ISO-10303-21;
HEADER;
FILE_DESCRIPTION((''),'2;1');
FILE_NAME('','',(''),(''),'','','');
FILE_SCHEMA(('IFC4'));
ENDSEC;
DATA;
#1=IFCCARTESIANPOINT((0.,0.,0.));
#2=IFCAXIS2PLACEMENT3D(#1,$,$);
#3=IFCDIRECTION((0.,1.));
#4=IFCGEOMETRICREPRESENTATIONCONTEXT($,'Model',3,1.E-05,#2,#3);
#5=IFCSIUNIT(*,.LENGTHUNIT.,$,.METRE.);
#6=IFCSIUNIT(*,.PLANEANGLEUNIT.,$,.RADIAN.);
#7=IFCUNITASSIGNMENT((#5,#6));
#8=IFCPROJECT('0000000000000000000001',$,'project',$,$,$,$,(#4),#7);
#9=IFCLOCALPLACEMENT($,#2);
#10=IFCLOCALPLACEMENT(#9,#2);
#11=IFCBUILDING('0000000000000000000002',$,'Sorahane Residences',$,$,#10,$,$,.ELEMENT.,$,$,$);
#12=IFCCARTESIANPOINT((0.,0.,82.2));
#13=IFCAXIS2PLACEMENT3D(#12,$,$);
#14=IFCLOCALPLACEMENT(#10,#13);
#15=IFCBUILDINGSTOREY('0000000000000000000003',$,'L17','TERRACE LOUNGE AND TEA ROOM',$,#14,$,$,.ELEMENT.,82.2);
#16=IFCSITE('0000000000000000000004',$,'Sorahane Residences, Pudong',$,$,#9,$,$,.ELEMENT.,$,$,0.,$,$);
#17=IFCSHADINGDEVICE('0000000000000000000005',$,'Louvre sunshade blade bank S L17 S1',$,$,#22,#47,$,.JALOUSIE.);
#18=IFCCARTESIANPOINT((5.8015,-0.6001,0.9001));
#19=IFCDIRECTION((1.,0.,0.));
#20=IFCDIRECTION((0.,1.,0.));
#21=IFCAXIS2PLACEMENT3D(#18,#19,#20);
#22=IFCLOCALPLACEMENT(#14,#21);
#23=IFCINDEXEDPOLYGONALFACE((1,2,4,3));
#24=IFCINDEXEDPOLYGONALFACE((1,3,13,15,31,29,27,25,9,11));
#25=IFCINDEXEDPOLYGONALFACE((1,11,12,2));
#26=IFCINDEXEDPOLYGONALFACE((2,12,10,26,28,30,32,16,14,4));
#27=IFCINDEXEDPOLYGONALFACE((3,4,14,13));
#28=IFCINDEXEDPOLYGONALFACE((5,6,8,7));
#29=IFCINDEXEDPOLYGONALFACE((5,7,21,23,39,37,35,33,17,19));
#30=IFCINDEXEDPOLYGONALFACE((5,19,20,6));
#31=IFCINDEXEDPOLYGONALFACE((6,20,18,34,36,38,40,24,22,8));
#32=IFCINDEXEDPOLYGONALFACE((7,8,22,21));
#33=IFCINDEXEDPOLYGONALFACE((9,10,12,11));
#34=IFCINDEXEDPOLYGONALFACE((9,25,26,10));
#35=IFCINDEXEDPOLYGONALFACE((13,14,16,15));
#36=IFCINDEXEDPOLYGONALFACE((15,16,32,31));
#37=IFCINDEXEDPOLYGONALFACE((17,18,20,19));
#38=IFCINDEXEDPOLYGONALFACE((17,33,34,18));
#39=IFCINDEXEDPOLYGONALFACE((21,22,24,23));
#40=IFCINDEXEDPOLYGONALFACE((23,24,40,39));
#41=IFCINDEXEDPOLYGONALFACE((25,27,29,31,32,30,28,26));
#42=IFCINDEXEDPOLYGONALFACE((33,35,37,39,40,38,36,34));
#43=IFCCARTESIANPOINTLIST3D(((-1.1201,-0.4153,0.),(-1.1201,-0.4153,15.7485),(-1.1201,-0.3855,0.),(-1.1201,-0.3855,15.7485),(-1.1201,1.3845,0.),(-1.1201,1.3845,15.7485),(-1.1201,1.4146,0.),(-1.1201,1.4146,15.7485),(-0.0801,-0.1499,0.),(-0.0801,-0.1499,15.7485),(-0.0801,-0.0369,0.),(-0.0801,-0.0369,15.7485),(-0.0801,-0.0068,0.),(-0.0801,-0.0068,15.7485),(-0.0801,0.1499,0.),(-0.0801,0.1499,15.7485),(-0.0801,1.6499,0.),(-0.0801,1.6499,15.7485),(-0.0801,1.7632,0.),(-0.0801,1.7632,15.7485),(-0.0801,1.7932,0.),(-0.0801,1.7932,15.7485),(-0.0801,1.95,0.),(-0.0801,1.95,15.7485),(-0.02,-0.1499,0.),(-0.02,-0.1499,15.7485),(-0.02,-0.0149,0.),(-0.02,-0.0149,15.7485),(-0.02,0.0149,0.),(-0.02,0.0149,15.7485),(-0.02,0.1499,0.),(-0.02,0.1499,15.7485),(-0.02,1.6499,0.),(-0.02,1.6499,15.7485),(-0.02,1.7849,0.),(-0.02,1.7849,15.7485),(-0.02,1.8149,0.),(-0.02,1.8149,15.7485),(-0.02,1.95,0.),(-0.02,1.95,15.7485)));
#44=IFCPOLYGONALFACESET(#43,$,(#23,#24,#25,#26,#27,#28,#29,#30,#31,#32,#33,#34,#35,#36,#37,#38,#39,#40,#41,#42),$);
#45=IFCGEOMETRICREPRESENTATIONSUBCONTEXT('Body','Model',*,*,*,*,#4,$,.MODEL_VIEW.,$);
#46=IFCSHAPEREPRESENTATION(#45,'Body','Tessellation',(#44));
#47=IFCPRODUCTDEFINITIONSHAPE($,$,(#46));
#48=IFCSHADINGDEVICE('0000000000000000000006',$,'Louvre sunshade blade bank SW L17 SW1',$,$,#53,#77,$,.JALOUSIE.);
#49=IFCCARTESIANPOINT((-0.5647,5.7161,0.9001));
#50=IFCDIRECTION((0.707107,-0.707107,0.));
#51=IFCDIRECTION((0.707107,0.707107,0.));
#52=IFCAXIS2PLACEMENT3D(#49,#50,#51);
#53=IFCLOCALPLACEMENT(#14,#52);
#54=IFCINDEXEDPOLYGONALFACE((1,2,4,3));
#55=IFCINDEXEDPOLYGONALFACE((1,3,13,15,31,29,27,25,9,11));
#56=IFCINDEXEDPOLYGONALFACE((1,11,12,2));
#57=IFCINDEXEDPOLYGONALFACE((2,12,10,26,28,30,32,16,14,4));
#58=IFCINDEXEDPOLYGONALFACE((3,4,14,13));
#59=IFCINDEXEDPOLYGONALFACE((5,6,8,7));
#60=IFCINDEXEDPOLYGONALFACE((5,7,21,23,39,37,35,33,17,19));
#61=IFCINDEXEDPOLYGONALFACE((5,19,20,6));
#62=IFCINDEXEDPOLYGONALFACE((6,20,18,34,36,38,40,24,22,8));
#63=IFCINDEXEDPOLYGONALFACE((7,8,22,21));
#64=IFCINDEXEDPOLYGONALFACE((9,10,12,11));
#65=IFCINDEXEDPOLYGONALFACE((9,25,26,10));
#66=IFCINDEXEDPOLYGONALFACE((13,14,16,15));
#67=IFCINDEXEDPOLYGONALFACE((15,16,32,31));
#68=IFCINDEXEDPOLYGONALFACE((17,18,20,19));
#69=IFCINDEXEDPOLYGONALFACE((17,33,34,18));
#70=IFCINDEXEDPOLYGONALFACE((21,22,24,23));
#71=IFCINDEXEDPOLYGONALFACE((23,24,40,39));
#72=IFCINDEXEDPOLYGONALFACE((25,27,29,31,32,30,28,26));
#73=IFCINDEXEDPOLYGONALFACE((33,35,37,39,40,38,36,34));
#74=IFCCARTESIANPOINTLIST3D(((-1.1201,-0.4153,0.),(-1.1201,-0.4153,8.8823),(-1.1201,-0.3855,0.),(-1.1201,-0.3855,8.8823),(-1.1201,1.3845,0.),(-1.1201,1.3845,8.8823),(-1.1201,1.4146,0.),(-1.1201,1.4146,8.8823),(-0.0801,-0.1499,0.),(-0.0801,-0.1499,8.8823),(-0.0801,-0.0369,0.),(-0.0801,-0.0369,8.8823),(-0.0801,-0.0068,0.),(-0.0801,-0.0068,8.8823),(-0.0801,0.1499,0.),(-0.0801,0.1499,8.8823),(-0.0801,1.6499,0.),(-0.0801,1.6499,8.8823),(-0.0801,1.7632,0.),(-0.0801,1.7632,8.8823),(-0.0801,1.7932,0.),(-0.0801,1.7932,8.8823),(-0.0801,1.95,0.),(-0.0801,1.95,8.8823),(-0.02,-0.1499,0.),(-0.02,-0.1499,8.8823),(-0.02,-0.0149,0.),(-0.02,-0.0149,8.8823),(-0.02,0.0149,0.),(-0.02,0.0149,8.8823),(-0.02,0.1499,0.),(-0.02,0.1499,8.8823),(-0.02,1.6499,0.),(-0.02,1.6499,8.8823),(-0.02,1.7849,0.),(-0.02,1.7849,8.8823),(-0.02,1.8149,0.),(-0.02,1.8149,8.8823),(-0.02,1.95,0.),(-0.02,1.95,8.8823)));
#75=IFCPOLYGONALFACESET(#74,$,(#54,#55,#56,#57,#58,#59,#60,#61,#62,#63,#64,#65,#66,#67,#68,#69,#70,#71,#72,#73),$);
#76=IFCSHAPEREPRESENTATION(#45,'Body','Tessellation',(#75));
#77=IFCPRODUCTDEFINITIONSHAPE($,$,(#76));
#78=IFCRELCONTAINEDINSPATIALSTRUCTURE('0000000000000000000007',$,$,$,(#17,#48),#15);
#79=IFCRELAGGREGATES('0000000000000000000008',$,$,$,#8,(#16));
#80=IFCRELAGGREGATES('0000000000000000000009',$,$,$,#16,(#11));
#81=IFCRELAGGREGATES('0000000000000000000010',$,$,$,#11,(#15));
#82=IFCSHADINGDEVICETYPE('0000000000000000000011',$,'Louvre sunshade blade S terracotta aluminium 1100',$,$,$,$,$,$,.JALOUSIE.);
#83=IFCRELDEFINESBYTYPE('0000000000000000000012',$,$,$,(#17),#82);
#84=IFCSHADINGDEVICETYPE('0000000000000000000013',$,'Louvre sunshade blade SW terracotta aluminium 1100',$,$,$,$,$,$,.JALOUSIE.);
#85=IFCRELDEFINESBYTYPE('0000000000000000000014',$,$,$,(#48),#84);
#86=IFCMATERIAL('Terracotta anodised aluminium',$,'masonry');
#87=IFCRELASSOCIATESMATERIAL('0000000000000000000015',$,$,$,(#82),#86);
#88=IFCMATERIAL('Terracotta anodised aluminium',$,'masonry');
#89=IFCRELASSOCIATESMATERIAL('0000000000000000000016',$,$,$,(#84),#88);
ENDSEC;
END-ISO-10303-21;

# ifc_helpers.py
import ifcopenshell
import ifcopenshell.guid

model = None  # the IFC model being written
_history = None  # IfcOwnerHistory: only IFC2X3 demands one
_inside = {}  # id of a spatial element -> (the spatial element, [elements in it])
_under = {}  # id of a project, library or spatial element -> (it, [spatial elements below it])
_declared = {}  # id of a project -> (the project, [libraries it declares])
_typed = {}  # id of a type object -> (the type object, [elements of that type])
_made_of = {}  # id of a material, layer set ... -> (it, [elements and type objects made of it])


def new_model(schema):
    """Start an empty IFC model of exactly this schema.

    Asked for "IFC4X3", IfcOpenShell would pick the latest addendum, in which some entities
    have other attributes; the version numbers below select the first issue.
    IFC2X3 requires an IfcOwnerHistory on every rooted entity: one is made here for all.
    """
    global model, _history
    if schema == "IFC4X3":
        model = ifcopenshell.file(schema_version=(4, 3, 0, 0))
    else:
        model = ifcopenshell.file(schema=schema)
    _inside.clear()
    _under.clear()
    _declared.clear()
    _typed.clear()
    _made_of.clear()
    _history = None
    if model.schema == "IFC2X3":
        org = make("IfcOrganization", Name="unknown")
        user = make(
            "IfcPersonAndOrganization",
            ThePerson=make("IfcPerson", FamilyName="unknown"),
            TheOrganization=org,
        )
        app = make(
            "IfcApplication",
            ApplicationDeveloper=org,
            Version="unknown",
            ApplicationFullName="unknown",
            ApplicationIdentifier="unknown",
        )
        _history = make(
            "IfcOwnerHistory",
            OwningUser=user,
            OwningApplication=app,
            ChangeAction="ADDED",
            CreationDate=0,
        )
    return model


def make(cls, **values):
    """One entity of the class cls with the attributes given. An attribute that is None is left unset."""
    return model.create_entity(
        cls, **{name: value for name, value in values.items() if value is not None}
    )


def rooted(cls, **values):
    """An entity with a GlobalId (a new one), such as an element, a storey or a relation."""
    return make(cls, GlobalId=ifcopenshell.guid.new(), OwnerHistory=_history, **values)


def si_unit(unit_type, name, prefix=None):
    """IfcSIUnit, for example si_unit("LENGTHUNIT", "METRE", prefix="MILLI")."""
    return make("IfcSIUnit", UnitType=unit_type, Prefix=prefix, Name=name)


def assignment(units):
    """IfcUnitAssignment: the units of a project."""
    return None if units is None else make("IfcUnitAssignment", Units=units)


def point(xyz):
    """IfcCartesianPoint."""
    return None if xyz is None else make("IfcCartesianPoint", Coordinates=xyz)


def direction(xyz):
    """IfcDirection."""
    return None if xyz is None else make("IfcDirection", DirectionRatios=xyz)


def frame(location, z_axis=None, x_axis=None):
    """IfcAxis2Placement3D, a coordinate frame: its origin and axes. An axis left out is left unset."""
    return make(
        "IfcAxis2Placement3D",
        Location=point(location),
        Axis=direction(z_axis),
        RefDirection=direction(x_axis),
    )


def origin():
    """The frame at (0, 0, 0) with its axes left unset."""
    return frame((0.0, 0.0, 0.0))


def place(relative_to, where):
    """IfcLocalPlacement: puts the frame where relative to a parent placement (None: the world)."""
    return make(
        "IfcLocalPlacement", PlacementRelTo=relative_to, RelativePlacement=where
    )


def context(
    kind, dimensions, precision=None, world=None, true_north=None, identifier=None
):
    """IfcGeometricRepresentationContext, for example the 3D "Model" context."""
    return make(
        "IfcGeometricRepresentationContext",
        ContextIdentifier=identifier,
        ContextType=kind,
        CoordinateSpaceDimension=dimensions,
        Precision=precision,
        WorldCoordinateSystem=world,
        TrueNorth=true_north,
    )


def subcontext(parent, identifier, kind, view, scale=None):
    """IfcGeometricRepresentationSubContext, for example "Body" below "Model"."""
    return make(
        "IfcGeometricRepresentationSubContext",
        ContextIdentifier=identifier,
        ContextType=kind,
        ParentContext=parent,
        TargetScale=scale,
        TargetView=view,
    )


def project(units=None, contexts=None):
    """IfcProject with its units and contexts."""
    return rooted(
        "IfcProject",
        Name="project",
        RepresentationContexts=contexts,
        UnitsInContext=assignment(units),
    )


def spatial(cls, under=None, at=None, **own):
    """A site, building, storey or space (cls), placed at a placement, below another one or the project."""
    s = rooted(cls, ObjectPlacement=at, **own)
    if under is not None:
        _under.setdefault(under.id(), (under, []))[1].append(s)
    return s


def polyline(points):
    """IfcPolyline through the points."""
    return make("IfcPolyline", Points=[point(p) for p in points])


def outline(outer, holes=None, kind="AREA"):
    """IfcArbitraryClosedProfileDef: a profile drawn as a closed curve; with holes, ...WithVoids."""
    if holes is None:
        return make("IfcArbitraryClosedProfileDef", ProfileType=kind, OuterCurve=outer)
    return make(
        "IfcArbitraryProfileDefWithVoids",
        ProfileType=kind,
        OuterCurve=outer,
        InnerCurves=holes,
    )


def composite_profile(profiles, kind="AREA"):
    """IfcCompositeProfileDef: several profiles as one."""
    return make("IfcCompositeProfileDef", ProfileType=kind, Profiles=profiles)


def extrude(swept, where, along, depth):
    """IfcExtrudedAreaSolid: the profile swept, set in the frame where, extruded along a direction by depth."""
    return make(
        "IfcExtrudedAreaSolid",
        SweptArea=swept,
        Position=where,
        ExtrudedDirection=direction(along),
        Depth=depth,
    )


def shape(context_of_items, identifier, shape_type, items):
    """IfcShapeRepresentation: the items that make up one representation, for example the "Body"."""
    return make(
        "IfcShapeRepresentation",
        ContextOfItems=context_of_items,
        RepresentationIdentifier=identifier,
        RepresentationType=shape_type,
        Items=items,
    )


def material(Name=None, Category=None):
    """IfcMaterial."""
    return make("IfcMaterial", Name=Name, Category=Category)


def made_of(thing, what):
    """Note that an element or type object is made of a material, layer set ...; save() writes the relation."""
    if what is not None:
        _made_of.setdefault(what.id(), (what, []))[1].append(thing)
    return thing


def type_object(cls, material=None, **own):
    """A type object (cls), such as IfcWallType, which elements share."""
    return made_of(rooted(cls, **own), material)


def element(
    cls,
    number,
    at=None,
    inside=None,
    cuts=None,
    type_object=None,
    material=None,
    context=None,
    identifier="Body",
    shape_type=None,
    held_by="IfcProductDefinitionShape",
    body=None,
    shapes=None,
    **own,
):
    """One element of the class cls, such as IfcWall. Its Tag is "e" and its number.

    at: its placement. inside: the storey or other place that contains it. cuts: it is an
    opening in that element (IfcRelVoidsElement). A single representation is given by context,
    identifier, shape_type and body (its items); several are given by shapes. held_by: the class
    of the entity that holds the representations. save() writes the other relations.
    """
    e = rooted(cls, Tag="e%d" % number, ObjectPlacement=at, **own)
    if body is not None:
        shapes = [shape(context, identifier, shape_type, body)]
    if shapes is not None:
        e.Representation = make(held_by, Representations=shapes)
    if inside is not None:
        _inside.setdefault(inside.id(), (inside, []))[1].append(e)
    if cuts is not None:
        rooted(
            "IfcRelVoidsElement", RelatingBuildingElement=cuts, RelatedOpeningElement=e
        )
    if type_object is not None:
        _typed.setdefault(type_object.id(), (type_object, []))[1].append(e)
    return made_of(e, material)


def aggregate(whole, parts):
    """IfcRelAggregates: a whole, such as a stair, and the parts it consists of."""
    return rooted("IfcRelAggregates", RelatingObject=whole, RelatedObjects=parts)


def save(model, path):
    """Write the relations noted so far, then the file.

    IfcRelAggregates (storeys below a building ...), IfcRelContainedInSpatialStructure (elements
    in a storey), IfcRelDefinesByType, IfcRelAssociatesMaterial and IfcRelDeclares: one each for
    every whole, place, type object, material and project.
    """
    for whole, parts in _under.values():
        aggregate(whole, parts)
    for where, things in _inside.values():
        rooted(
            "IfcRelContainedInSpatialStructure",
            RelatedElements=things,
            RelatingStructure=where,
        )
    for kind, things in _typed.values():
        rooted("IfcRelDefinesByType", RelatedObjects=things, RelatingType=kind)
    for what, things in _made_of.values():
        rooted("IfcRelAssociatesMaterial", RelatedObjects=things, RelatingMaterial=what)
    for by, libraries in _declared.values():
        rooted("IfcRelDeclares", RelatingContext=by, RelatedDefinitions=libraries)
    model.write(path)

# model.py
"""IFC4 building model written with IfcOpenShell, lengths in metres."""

from ifc_helpers import new_model, si_unit, direction, frame, origin, place, context, subcontext, project, spatial, polyline, outline, composite_profile, extrude, material, type_object, element, save


model = new_model("IFC4")

# Units and contexts
model_context = context("Model", 3, precision=1e-05, world=origin(), true_north=direction((0.0, 1.0)))
body_context = subcontext(model_context, "Body", "Model", "MODEL_VIEW")
ifc_project = project(units=[si_unit("LENGTHUNIT", "METRE"), si_unit("PLANEANGLEUNIT", "RADIAN")], contexts=[model_context])

# Site, building, storey
site_placement = place(None, origin())
site = spatial("IfcSite", under=ifc_project, at=site_placement, Name="Sorahane Residences, Pudong", CompositionType="ELEMENT", RefElevation=0.0)
building_placement = place(site_placement, origin())
building = spatial("IfcBuilding", under=site, at=building_placement, Name="Sorahane Residences", CompositionType="ELEMENT")
storey_placement = place(building_placement, frame((0.0, 0.0, 82.2)))
storey = spatial("IfcBuildingStorey", under=building, at=storey_placement, Name="L17", Description="TERRACE LOUNGE AND TEA ROOM", CompositionType="ELEMENT", Elevation=82.2)

# Shading devices
ifc_material_1 = material(Name="Terracotta anodised aluminium", Category="masonry")
shading_device_type_1 = type_object("IfcShadingDeviceType", Name="Louvre sunshade blade S terracotta aluminium 1100", PredefinedType="JALOUSIE", material=ifc_material_1)
shading_device_1_placement = place(storey_placement, frame((5.8015, -0.6001, 0.9001), z_axis=(1.0, 0.0, 0.0), x_axis=(0.0, 1.0, 0.0)))
element("IfcShadingDevice", 1, at=shading_device_1_placement, inside=storey, type_object=shading_device_type_1, Name="Louvre sunshade blade bank S L17 S1", PredefinedType="JALOUSIE", context=body_context, shape_type="SweptSolid", body=[
    extrude(composite_profile([outline(polyline([(-1.1201, -0.3855), (-1.1201, -0.4153), (-0.0801, -0.0369), (-0.0801, -0.1499), (-0.02, -0.1499), (-0.02, -0.0149), (-0.02, 0.0149), (-0.02, 0.1499), (-0.0801, 0.1499), (-0.0801, -0.0068), (-1.1201, -0.3855)])), outline(polyline([(-1.1201, 1.4146), (-1.1201, 1.3845), (-0.0801, 1.7632), (-0.0801, 1.6499), (-0.02, 1.6499), (-0.02, 1.7849), (-0.02, 1.8149), (-0.02, 1.95), (-0.0801, 1.95), (-0.0801, 1.7932), (-1.1201, 1.4146)]))]), origin(), (0.0, 0.0, 1.0), 15.7485),
])
ifc_material_2 = material(Name="Terracotta anodised aluminium", Category="masonry")
shading_device_type_2 = type_object("IfcShadingDeviceType", Name="Louvre sunshade blade SW terracotta aluminium 1100", PredefinedType="JALOUSIE", material=ifc_material_2)
shading_device_2_placement = place(storey_placement, frame((-0.5647, 5.7161, 0.9001), z_axis=(0.707107, -0.707107, 0.0), x_axis=(0.707107, 0.707107, 0.0)))
element("IfcShadingDevice", 2, at=shading_device_2_placement, inside=storey, type_object=shading_device_type_2, Name="Louvre sunshade blade bank SW L17 SW1", PredefinedType="JALOUSIE", context=body_context, shape_type="SweptSolid", body=[
    extrude(composite_profile([outline(polyline([(-1.1201, -0.3855), (-1.1201, -0.4153), (-0.0801, -0.0369), (-0.0801, -0.1499), (-0.02, -0.1499), (-0.02, -0.0149), (-0.02, 0.0149), (-0.02, 0.1499), (-0.0801, 0.1499), (-0.0801, -0.0068), (-1.1201, -0.3855)])), outline(polyline([(-1.1201, 1.4146), (-1.1201, 1.3845), (-0.0801, 1.7632), (-0.0801, 1.6499), (-0.02, 1.6499), (-0.02, 1.7849), (-0.02, 1.8149), (-0.02, 1.95), (-0.0801, 1.95), (-0.0801, 1.7932), (-1.1201, 1.4146)]))]), origin(), (0.0, 0.0, 1.0), 8.8823),
])

save(model, "model.ifc")
